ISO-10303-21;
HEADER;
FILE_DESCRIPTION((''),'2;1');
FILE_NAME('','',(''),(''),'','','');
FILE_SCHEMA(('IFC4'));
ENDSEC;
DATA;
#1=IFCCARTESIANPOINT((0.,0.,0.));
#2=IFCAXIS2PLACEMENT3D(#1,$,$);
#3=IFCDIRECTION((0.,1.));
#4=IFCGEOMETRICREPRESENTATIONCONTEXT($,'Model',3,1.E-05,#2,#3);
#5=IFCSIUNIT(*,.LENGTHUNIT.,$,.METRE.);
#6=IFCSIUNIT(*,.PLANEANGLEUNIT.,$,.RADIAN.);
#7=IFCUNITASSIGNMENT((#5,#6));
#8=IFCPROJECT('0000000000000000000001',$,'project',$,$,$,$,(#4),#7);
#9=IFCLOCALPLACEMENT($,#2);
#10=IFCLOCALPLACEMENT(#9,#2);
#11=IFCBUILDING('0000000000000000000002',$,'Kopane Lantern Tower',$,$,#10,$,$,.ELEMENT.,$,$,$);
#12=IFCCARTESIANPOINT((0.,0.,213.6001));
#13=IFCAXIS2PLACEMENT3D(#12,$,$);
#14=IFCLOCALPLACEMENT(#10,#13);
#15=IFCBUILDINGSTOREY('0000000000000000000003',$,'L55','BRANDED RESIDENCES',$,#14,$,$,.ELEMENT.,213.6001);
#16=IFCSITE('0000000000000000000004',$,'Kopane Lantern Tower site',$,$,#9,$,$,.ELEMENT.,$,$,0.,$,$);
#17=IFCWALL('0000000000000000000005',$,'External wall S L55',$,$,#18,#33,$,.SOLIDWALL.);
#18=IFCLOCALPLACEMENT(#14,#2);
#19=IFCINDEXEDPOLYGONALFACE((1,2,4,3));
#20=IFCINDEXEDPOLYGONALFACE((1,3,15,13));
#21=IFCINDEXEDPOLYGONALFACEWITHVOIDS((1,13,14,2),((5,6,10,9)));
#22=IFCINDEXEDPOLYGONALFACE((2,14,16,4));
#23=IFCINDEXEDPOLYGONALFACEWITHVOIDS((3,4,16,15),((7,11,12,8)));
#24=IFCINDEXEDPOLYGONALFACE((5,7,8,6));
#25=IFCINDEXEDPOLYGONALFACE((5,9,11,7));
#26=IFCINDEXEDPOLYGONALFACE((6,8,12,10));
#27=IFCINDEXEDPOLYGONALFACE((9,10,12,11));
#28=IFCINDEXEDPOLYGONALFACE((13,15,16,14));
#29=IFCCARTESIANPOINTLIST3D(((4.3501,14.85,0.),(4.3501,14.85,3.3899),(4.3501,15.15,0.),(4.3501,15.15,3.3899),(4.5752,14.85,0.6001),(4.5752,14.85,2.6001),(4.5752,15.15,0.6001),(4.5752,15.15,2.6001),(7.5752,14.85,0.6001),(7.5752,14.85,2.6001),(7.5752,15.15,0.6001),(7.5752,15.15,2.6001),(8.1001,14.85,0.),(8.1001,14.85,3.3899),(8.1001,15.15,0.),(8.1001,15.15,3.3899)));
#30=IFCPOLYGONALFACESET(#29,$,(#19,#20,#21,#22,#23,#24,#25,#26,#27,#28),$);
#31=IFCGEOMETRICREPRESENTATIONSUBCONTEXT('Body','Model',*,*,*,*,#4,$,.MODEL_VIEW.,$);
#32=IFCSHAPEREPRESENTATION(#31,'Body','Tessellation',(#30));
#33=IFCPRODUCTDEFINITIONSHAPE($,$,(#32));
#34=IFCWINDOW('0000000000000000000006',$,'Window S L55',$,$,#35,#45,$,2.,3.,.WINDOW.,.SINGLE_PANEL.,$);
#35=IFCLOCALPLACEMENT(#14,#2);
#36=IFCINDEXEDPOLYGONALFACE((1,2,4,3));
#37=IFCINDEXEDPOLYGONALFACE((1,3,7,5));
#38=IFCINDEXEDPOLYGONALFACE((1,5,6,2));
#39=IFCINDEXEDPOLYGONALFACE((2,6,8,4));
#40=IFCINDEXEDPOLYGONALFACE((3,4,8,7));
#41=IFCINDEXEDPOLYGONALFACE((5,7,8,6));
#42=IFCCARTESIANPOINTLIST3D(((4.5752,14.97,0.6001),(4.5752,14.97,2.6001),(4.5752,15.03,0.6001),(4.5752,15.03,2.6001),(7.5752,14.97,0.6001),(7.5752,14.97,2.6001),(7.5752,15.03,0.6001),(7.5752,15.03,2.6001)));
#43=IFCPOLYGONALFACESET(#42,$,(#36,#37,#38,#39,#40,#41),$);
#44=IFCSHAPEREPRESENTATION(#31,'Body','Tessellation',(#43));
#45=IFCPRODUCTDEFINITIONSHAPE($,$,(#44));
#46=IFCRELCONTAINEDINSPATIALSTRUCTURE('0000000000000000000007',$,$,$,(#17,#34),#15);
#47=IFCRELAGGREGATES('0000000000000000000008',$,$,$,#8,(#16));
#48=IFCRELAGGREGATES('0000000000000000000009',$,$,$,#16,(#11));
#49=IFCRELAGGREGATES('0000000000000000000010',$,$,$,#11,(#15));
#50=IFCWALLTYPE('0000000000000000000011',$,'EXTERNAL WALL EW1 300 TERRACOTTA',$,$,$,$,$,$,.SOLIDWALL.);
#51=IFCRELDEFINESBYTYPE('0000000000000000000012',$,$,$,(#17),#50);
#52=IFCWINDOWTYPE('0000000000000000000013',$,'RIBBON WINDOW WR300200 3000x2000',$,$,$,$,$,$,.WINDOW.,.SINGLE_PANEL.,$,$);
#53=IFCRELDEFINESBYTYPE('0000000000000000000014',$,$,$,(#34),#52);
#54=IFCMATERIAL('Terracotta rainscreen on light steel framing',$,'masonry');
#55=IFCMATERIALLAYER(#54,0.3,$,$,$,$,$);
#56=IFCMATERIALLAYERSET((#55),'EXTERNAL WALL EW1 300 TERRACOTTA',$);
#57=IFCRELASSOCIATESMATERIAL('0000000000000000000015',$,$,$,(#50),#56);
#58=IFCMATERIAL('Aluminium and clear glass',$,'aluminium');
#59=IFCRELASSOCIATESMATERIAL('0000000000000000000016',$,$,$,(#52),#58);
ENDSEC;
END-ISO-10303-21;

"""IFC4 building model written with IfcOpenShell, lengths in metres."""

from ifc_helpers import new_model, si_unit, direction, frame, frame_2d, origin, place, context, subcontext, project, spatial, rectangle, extrude, material, layer, layer_set, type_object, element, fill, save


model = new_model("IFC4")

# Units and contexts
model_context = context("Model", 3, precision=1e-05, world=origin(), true_north=direction((0.0, 1.0)))
body_context = subcontext(model_context, "Body", "Model", "MODEL_VIEW")
ifc_project = project(units=[si_unit("LENGTHUNIT", "METRE"), si_unit("PLANEANGLEUNIT", "RADIAN")], contexts=[model_context])

# Site, building, storey
site_placement = place(None, origin())
site = spatial("IfcSite", under=ifc_project, at=site_placement, Name="Kopane Lantern Tower site", CompositionType="ELEMENT", RefElevation=0.0)
building_placement = place(site_placement, origin())
building = spatial("IfcBuilding", under=site, at=building_placement, Name="Kopane Lantern Tower", CompositionType="ELEMENT")
storey_placement = place(building_placement, frame((0.0, 0.0, 213.6001)))
storey = spatial("IfcBuildingStorey", under=building, at=storey_placement, Name="L55", Description="BRANDED RESIDENCES", CompositionType="ELEMENT", Elevation=213.6001)

# Wall, opening, window
ifc_material_1 = material(Name="Terracotta rainscreen on light steel framing", Category="masonry")
ifc_layer_1 = layer(ifc_material_1, 0.3)
ifc_layer_set_1 = layer_set([ifc_layer_1], Name="EXTERNAL WALL EW1 300 TERRACOTTA")
wall_type_1 = type_object("IfcWallType", Name="EXTERNAL WALL EW1 300 TERRACOTTA", PredefinedType="SOLIDWALL", material=ifc_layer_set_1)
ifc_material_2 = material(Name="Aluminium and clear glass", Category="aluminium")
window_type = type_object("IfcWindowType", Name="RIBBON WINDOW WR300200 3000x2000", PartitioningType="SINGLE_PANEL", PredefinedType="WINDOW", material=ifc_material_2)
wall_1_placement = place(storey_placement, frame((4.3501, 15.0, 0.0), z_axis=(0.0, 0.0, 1.0), x_axis=(1.0, 0.0, 0.0)))
wall_1 = element("IfcWall", 1, at=wall_1_placement, inside=storey, type_object=wall_type_1, Name="External wall S L55", PredefinedType="SOLIDWALL", context=body_context, shape_type="SweptSolid", body=[
    extrude(rectangle(XDim=3.75, YDim=0.3, at=frame_2d((1.875, 0.0))), origin(), (0.0, 0.0, 1.0), 3.3899),
])
opening_1_placement = place(wall_1_placement, frame((0.2251, 0.0, 0.6001)))
opening_1 = element("IfcOpeningElement", 2, at=opening_1_placement, cuts=wall_1, PredefinedType="OPENING", context=body_context, shape_type="SweptSolid", body=[
    extrude(rectangle(XDim=3.0, YDim=2.0, at=frame_2d((1.5, 1.0))), frame((0.0, 0.1599, 0.0), z_axis=(0.0, -1.0, 0.0), x_axis=(1.0, 0.0, 0.0)), (0.0, 0.0, 1.0), 0.3201),
])
window_1_placement = place(opening_1_placement, origin())
window_1 = element("IfcWindow", 3, at=window_1_placement, inside=storey, type_object=window_type, Name="Window S L55", OverallHeight=2.0, OverallWidth=3.0, PartitioningType="SINGLE_PANEL", PredefinedType="WINDOW", context=body_context, shape_type="SweptSolid", body=[
    extrude(rectangle(XDim=3.0, YDim=2.0, at=frame_2d((1.5, 1.0))), frame((0.0, 0.03, 0.0), z_axis=(0.0, -1.0, 0.0), x_axis=(1.0, 0.0, 0.0)), (0.0, 0.0, 1.0), 0.0601),
])
fill(opening_1, window_1)

save(model, "model.ifc")
